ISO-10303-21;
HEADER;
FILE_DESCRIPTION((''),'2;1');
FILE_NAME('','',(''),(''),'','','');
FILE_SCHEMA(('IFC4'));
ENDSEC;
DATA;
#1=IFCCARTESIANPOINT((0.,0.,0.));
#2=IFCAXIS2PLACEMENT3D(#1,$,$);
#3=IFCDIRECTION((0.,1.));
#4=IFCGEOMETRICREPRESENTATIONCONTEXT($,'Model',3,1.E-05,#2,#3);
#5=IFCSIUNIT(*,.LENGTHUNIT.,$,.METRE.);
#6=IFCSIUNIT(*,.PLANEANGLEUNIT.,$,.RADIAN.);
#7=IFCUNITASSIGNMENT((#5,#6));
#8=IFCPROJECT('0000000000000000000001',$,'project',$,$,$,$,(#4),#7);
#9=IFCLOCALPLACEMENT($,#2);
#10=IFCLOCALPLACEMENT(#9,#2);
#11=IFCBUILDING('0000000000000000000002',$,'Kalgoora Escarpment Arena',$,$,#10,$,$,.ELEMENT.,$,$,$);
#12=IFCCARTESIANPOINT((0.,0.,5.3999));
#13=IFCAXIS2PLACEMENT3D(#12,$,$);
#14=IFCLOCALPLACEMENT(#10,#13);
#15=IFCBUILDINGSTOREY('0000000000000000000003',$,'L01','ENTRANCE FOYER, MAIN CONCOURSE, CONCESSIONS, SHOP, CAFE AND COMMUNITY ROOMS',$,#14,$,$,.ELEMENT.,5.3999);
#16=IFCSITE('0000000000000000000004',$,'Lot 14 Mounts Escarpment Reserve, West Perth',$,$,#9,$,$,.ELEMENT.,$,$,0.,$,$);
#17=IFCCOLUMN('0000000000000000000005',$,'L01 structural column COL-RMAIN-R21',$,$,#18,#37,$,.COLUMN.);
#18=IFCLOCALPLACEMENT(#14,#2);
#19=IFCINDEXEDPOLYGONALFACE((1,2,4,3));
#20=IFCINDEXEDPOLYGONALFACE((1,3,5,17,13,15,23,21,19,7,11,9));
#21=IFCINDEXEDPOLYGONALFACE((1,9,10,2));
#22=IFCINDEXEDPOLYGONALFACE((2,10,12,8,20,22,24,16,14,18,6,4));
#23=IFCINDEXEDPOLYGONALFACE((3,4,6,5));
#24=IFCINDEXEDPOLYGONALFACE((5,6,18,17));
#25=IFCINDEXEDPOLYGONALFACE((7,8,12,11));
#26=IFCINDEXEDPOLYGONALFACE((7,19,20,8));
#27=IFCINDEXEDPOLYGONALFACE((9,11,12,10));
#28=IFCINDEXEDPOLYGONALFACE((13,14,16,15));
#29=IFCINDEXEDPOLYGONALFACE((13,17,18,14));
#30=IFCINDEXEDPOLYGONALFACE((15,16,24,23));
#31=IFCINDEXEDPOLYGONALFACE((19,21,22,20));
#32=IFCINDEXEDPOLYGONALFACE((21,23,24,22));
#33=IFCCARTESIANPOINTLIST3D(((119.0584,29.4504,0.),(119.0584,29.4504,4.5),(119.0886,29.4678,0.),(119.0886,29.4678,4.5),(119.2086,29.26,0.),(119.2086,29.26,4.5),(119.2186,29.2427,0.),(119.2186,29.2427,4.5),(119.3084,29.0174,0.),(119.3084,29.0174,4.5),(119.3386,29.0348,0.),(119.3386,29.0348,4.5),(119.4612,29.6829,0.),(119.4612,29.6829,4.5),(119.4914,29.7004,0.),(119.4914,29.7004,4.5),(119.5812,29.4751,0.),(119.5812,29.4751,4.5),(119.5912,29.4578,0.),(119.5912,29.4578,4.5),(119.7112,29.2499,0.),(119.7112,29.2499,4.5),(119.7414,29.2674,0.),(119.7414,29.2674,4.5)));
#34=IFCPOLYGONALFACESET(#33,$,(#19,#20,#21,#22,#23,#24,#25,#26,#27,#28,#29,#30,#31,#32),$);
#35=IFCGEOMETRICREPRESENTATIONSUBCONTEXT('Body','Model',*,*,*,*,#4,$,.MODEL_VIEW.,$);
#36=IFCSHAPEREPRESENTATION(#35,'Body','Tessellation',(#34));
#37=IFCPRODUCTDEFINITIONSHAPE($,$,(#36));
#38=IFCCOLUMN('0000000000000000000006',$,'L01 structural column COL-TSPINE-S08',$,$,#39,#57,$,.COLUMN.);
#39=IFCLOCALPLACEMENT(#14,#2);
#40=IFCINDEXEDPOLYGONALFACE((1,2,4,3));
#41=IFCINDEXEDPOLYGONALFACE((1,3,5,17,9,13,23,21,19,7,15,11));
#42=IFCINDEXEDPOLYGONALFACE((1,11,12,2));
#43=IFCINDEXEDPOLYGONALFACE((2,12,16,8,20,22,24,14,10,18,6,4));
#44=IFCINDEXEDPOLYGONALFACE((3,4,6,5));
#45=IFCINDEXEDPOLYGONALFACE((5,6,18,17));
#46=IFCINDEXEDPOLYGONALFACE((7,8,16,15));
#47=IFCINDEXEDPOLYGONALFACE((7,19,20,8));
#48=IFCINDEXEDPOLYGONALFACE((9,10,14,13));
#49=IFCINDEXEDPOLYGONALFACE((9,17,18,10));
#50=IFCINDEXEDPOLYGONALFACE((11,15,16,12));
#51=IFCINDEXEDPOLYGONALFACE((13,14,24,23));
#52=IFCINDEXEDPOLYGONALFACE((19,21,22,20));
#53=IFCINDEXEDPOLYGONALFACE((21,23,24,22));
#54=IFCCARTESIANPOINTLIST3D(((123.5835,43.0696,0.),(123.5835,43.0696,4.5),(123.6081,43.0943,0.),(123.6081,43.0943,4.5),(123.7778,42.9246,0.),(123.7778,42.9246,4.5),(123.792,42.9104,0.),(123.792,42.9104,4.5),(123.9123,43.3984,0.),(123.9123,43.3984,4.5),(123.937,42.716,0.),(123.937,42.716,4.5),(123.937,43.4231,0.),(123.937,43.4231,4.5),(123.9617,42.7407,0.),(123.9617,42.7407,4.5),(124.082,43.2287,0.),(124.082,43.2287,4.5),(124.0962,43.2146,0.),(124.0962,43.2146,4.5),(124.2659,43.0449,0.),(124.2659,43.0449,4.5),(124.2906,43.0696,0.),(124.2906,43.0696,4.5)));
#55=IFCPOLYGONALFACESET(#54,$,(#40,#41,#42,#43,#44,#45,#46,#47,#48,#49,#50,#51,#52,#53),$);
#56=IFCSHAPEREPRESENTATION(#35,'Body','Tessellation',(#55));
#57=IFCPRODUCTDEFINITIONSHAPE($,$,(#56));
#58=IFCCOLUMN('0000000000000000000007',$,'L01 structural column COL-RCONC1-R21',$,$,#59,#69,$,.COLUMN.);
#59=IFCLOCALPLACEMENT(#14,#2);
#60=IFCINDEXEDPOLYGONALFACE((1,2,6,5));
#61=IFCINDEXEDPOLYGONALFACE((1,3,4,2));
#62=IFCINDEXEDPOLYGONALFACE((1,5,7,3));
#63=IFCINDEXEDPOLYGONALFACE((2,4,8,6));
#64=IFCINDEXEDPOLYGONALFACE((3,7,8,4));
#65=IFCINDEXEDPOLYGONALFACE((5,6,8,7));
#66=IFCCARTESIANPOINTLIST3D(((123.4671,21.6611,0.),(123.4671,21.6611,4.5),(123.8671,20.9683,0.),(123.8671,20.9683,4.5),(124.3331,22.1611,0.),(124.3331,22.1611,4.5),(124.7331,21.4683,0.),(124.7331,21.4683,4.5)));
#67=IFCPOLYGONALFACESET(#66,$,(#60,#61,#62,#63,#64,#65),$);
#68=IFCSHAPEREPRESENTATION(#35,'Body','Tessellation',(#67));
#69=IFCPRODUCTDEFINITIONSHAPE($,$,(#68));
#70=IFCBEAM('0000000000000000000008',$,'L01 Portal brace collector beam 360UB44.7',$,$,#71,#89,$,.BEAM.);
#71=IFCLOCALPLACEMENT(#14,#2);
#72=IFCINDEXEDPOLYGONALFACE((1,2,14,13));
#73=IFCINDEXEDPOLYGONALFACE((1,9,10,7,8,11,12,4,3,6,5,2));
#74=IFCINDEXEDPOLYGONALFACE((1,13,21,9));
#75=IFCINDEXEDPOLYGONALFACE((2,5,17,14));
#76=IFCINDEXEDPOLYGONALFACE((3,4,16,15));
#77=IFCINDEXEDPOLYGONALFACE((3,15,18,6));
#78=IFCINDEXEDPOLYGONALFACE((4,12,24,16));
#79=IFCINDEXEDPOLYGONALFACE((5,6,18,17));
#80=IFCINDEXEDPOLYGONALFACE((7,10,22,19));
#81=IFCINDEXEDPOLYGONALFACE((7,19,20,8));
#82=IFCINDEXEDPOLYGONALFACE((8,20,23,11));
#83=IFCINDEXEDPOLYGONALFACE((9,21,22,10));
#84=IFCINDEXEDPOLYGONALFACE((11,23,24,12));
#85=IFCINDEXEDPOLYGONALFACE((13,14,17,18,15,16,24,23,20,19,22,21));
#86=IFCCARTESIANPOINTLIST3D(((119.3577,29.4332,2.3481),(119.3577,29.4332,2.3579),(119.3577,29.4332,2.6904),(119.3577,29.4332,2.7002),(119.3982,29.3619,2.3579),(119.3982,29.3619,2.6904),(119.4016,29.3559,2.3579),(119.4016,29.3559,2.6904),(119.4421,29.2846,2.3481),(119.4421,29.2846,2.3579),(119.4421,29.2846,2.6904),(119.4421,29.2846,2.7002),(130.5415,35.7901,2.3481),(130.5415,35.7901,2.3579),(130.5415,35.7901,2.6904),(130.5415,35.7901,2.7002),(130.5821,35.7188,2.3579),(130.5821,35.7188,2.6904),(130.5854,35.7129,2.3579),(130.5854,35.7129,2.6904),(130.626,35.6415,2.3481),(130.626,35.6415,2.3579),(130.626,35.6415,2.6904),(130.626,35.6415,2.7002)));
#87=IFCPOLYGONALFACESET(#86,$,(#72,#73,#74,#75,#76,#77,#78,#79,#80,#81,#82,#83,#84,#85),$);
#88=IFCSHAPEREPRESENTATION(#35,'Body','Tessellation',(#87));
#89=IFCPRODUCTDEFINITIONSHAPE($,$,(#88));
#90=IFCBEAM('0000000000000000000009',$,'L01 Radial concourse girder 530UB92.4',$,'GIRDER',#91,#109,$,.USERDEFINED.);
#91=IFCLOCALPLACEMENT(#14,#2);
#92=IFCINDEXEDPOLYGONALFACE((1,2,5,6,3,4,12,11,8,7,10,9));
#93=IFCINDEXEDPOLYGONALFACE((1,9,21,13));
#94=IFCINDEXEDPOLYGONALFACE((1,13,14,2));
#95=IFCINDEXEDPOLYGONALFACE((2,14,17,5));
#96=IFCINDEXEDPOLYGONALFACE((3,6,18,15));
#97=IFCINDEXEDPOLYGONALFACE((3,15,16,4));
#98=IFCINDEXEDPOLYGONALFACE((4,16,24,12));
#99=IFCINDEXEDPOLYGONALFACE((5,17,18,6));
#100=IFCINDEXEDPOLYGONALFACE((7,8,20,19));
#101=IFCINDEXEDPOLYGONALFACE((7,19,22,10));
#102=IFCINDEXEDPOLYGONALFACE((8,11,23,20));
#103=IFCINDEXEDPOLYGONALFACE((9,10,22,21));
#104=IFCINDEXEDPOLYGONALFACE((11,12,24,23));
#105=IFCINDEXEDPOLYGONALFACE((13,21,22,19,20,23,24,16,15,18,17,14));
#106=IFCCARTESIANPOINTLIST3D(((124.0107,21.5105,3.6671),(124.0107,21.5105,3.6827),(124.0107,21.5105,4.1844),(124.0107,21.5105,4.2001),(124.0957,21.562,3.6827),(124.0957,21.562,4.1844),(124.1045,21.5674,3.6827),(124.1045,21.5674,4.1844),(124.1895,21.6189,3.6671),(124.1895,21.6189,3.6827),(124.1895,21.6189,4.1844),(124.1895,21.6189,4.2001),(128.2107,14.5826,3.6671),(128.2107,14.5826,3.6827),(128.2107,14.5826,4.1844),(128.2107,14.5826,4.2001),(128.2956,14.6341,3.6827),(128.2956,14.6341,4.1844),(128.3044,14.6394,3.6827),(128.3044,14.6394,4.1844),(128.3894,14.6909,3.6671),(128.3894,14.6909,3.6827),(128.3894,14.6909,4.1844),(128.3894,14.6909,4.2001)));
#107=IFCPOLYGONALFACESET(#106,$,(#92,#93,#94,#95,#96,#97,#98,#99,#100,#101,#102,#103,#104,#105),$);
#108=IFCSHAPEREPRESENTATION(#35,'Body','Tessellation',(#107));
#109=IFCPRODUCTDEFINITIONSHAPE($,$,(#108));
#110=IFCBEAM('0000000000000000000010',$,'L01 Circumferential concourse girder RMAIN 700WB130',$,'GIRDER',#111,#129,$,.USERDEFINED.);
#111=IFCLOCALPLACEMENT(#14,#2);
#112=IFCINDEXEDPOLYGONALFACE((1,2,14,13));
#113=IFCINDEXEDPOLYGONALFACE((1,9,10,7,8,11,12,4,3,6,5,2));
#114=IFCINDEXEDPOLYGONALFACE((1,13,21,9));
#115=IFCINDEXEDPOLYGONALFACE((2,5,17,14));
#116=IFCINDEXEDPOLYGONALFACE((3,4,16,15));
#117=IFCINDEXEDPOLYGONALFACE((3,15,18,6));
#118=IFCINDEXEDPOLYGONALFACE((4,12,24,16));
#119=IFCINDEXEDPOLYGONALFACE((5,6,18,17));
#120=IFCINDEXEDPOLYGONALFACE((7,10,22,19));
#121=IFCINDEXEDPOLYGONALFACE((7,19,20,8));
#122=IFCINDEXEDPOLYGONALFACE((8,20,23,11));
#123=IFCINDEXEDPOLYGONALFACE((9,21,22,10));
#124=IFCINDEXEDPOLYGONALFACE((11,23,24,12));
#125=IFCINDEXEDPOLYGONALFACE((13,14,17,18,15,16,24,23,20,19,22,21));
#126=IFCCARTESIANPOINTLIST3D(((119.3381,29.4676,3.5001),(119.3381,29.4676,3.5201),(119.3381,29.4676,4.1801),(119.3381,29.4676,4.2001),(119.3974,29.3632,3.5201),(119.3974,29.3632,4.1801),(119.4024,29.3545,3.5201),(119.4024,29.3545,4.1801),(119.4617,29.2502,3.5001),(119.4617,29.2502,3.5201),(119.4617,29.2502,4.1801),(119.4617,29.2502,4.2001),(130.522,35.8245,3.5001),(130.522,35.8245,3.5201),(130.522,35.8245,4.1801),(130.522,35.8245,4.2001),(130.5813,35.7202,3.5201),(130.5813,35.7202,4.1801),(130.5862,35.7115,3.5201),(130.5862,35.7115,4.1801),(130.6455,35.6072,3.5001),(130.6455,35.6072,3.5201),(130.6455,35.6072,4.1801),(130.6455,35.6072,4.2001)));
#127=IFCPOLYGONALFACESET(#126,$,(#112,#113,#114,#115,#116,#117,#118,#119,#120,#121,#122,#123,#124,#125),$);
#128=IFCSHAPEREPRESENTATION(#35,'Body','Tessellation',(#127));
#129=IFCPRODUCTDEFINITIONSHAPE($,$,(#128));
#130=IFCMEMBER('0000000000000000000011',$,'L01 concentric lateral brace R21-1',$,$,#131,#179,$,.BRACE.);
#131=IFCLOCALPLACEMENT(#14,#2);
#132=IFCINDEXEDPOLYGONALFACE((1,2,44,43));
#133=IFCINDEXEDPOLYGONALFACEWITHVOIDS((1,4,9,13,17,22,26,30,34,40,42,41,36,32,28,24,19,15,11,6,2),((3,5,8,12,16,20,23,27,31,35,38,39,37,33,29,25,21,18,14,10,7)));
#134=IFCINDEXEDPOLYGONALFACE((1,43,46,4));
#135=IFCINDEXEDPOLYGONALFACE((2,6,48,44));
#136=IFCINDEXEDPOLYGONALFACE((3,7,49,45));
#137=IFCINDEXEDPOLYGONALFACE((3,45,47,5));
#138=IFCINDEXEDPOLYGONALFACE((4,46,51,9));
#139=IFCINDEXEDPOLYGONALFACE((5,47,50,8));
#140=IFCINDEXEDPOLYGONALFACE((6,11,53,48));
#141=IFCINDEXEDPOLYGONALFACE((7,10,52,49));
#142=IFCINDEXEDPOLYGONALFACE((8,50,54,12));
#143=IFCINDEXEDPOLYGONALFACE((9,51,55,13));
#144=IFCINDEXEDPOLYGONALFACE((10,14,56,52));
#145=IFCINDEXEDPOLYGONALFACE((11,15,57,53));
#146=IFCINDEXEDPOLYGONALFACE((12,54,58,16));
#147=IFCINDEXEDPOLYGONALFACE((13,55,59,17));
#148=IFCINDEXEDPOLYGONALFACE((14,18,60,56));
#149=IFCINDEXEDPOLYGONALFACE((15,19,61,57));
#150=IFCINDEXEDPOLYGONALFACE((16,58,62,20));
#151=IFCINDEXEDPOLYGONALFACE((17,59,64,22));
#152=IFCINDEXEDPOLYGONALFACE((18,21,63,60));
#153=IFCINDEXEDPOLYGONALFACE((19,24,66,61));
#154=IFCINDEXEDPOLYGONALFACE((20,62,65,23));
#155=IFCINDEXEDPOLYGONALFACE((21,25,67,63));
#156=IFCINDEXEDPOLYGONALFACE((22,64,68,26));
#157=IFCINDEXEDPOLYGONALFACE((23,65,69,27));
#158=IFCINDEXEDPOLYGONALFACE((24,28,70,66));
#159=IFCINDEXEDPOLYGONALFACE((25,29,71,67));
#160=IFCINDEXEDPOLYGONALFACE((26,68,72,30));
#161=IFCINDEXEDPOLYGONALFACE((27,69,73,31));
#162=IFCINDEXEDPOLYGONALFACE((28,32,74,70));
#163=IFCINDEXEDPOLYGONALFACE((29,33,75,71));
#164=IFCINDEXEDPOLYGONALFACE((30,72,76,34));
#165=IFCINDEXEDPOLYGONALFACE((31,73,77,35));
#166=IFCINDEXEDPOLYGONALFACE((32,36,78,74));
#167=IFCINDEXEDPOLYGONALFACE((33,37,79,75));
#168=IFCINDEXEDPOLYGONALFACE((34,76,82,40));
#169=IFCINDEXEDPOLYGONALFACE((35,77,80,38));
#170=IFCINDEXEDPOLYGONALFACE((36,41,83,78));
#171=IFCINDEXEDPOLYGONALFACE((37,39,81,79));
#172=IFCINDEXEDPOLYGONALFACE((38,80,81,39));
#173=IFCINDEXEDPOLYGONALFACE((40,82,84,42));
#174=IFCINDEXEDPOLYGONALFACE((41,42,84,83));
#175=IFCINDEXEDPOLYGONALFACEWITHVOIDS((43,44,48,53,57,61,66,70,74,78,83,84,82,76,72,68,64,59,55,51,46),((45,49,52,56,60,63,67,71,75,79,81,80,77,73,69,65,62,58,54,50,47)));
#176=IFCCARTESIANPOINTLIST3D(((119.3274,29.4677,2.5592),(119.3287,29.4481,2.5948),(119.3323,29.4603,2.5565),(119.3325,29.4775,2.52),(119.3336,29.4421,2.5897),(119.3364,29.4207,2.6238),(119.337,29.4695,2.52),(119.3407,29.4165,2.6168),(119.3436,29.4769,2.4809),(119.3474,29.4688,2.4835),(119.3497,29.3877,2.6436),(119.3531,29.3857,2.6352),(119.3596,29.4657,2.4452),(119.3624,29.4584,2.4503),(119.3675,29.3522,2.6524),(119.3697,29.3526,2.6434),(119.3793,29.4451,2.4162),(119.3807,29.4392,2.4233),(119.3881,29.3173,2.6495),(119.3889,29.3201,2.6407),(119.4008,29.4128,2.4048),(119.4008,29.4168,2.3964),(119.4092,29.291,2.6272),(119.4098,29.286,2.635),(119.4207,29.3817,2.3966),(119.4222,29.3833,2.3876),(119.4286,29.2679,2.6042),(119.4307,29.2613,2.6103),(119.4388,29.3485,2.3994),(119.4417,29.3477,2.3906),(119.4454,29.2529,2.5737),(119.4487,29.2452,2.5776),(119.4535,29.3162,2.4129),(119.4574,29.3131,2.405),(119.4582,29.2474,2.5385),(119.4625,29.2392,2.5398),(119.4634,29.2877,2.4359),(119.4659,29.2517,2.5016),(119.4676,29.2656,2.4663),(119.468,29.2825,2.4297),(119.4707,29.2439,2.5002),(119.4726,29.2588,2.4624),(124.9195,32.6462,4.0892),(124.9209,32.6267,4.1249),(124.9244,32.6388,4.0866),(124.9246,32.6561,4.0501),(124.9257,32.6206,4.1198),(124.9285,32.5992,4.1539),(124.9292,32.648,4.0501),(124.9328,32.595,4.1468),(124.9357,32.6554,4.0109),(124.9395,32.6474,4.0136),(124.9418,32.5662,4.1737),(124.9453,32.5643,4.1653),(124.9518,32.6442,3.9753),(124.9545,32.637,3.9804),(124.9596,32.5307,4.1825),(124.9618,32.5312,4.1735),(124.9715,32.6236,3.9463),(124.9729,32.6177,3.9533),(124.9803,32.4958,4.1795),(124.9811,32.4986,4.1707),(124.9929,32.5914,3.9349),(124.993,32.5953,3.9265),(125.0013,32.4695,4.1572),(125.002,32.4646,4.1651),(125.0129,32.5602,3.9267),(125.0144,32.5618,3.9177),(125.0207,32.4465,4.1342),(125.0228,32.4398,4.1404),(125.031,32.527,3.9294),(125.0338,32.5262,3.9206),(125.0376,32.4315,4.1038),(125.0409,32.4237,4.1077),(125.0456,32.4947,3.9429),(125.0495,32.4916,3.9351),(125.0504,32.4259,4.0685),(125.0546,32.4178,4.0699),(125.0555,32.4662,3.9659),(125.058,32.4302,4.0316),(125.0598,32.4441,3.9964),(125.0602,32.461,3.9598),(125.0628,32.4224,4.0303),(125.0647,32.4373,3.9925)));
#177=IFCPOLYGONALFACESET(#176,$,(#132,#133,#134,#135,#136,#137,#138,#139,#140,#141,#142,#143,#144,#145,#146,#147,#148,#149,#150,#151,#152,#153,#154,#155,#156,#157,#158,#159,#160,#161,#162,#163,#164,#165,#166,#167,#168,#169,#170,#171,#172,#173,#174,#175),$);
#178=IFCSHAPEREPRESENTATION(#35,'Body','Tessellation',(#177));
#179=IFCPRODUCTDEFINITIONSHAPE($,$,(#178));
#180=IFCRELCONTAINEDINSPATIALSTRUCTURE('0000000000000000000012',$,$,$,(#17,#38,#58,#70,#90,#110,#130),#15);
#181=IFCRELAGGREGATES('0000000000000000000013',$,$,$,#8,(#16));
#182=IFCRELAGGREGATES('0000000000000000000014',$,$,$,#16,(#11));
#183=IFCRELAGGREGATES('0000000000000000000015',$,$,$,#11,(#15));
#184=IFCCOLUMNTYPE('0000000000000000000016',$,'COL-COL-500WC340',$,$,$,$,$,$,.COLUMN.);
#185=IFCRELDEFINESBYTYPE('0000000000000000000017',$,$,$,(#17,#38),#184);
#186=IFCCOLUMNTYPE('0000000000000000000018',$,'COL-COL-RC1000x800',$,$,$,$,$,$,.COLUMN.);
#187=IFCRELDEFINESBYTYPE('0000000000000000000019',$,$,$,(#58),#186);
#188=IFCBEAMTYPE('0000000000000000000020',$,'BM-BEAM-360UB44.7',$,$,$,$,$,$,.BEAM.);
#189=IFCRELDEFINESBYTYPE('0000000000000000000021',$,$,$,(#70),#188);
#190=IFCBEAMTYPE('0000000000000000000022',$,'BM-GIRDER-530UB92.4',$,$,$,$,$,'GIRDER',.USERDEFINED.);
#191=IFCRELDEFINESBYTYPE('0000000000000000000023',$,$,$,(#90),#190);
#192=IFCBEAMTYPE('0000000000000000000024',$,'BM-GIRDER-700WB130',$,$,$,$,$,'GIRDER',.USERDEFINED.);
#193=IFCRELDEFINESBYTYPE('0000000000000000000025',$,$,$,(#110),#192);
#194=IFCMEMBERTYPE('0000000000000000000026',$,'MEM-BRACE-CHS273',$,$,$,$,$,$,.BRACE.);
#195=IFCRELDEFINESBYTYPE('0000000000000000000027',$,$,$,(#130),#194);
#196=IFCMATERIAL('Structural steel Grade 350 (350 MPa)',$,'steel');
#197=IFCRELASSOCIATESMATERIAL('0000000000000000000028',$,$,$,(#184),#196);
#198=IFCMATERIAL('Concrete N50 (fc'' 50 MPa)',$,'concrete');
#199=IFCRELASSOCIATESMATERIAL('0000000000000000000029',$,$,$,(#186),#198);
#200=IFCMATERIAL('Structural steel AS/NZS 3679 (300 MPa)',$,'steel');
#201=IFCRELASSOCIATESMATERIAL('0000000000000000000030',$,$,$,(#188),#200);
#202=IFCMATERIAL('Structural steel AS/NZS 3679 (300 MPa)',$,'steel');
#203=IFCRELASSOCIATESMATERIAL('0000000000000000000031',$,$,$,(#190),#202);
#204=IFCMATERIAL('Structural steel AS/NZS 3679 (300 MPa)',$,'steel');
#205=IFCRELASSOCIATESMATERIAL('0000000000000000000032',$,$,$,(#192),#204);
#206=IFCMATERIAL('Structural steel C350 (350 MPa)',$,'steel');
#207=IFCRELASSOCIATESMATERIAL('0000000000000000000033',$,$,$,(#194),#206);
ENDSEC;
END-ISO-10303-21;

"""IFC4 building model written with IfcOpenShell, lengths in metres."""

from ifc_helpers import new_model, si_unit, direction, frame, origin, origin_2d, place, context, subcontext, project, spatial, rectangle, hollow_circle, i_section, extrude, material, material_profile, profile_set, type_object, element, save


model = new_model("IFC4")

# Units and contexts
model_context = context("Model", 3, precision=1e-05, world=origin(), true_north=direction((0.0, 1.0)))
body_context = subcontext(model_context, "Body", "Model", "MODEL_VIEW")
ifc_project = project(units=[si_unit("LENGTHUNIT", "METRE"), si_unit("PLANEANGLEUNIT", "RADIAN")], contexts=[model_context])

# Site, building, storey
site_placement = place(None, origin())
site = spatial("IfcSite", under=ifc_project, at=site_placement, Name="Lot 14 Mounts Escarpment Reserve, West Perth", CompositionType="ELEMENT", RefElevation=0.0)
building_placement = place(site_placement, origin())
building = spatial("IfcBuilding", under=site, at=building_placement, Name="Kalgoora Escarpment Arena", CompositionType="ELEMENT")
storey_placement = place(building_placement, frame((0.0, 0.0, 5.3999)))
storey = spatial("IfcBuildingStorey", under=building, at=storey_placement, Name="L01", Description="ENTRANCE FOYER, MAIN CONCOURSE, CONCESSIONS, SHOP, CAFE AND COMMUNITY ROOMS", CompositionType="ELEMENT", Elevation=5.3999)

# Columns
ifc_material_1 = material(Name="Structural steel Grade 350 (350 MPa)", Category="steel")
ifc_material_profile_1 = material_profile(ifc_material_1, i_section(OverallWidth=0.5, OverallDepth=0.5, WebThickness=0.02, FlangeThickness=0.0349, at=origin_2d()))
ifc_profile_set_1 = profile_set([ifc_material_profile_1], Name="Structural steel Grade 350 (350 MPa)")
column_type_1 = type_object("IfcColumnType", Name="COL-COL-500WC340", PredefinedType="COLUMN", material=ifc_profile_set_1)
for number, where, z_axis, x_axis, name in (
    (1, (119.3999, 29.3589, 0.0), (0.0, 0.0, 1.0), (0.5, -0.866025, 0.0), "L01 structural column COL-RMAIN-R21"),
    (2, (123.937, 43.0696, 0.0), (0.0, 0.0, 1.0), (0.707107, -0.707107, 0.0), "L01 structural column COL-TSPINE-S08"),
):
    element("IfcColumn", number, at=place(storey_placement, frame(where, z_axis=z_axis, x_axis=x_axis)), inside=storey, type_object=column_type_1, Name=name, PredefinedType="COLUMN", context=body_context, shape_type="SweptSolid", body=[
        extrude(i_section(OverallWidth=0.5, OverallDepth=0.5, WebThickness=0.02, FlangeThickness=0.0349, at=origin_2d()), origin(), (0.0, 0.0, 1.0), 4.5),
    ])
ifc_material_2 = material(Name="Concrete N50 (fc' 50 MPa)", Category="concrete")
ifc_material_profile_2 = material_profile(ifc_material_2, rectangle(XDim=0.8, YDim=1.0, at=origin_2d()))
ifc_profile_set_2 = profile_set([ifc_material_profile_2], Name="Concrete N50 (fc' 50 MPa)")
column_type_2 = type_object("IfcColumnType", Name="COL-COL-RC1000x800", PredefinedType="COLUMN", material=ifc_profile_set_2)
column_placement = place(storey_placement, frame((124.1001, 21.5647, 0.0), z_axis=(0.0, 0.0, 1.0), x_axis=(0.5, -0.866025, 0.0)))
element("IfcColumn", 3, at=column_placement, inside=storey, type_object=column_type_2, Name="L01 structural column COL-RCONC1-R21", PredefinedType="COLUMN", context=body_context, shape_type="SweptSolid", body=[
    extrude(rectangle(XDim=0.8, YDim=1.0, at=origin_2d()), origin(), (0.0, 0.0, 1.0), 4.5),
])

# Beams
ifc_material_3 = material(Name="Structural steel AS/NZS 3679 (300 MPa)", Category="steel")
ifc_material_profile_3 = material_profile(ifc_material_3, i_section(OverallWidth=0.1709, OverallDepth=0.3521, WebThickness=0.0068, FlangeThickness=0.0098, at=origin_2d()))
ifc_profile_set_3 = profile_set([ifc_material_profile_3], Name="Structural steel AS/NZS 3679 (300 MPa)")
beam_type_1 = type_object("IfcBeamType", Name="BM-BEAM-360UB44.7", PredefinedType="BEAM", material=ifc_profile_set_3)
beam_1_placement = place(storey_placement, frame((119.3999, 29.3589, 2.5242), z_axis=(0.869374, 0.494155, 0.0), x_axis=(-0.494155, 0.869374, 0.0)))
element("IfcBeam", 4, at=beam_1_placement, inside=storey, type_object=beam_type_1, Name="L01 Portal brace collector beam 360UB44.7", PredefinedType="BEAM", context=body_context, shape_type="SweptSolid", body=[
    extrude(i_section(OverallWidth=0.1709, OverallDepth=0.3521, WebThickness=0.0068, FlangeThickness=0.0098, at=origin_2d()), origin(), (0.0, 0.0, 1.0), 12.8643),
])
ifc_material_4 = material(Name="Structural steel AS/NZS 3679 (300 MPa)", Category="steel")
ifc_material_profile_4 = material_profile(ifc_material_4, i_section(OverallWidth=0.209, OverallDepth=0.533, WebThickness=0.0103, FlangeThickness=0.0156, at=origin_2d()))
ifc_profile_set_4 = profile_set([ifc_material_profile_4], Name="Structural steel AS/NZS 3679 (300 MPa)")
beam_type_2 = type_object("IfcBeamType", Name="BM-GIRDER-530UB92.4", ElementType="GIRDER", PredefinedType="USERDEFINED", material=ifc_profile_set_4)
beam_2_placement = place(storey_placement, frame((124.1001, 21.5647, 3.9336), z_axis=(0.518408, -0.855133, 0.0), x_axis=(0.855133, 0.518408, 0.0)))
element("IfcBeam", 5, at=beam_2_placement, inside=storey, type_object=beam_type_2, Name="L01 Radial concourse girder 530UB92.4", ObjectType="GIRDER", PredefinedType="USERDEFINED", context=body_context, shape_type="SweptSolid", body=[
    extrude(i_section(OverallWidth=0.209, OverallDepth=0.533, WebThickness=0.0103, FlangeThickness=0.0156, at=origin_2d()), origin(), (0.0, 0.0, 1.0), 8.1016),
])
ifc_material_5 = material(Name="Structural steel AS/NZS 3679 (300 MPa)", Category="steel")
ifc_material_profile_5 = material_profile(ifc_material_5, i_section(OverallWidth=0.25, OverallDepth=0.7, WebThickness=0.01, FlangeThickness=0.02, at=origin_2d()))
ifc_profile_set_5 = profile_set([ifc_material_profile_5], Name="Structural steel AS/NZS 3679 (300 MPa)")
beam_type_3 = type_object("IfcBeamType", Name="BM-GIRDER-700WB130", ElementType="GIRDER", PredefinedType="USERDEFINED", material=ifc_profile_set_5)
beam_3_placement = place(storey_placement, frame((119.3999, 29.3589, 3.8501), z_axis=(0.869374, 0.494155, 0.0), x_axis=(-0.494155, 0.869374, 0.0)))
element("IfcBeam", 6, at=beam_3_placement, inside=storey, type_object=beam_type_3, Name="L01 Circumferential concourse girder RMAIN 700WB130", ObjectType="GIRDER", PredefinedType="USERDEFINED", context=body_context, shape_type="SweptSolid", body=[
    extrude(i_section(OverallWidth=0.25, OverallDepth=0.7, WebThickness=0.01, FlangeThickness=0.02, at=origin_2d()), origin(), (0.0, 0.0, 1.0), 12.8643),
])

# Member
ifc_material_6 = material(Name="Structural steel C350 (350 MPa)", Category="steel")
ifc_material_profile_6 = material_profile(ifc_material_6, hollow_circle(Radius=0.1365, WallThickness=0.0093, at=origin_2d()))
ifc_profile_set_6 = profile_set([ifc_material_profile_6], Name="Structural steel C350 (350 MPa)")
member_type_1 = type_object("IfcMemberType", Name="MEM-BRACE-CHS273", PredefinedType="BRACE", material=ifc_profile_set_6)
member_placement = place(storey_placement, frame((119.3999, 29.3589, 2.52), z_axis=(0.84578, 0.480734, 0.231412), x_axis=(-0.494147, 0.869378, 0.0)))
element("IfcMember", 7, at=member_placement, inside=storey, type_object=member_type_1, Name="L01 concentric lateral brace R21-1", PredefinedType="BRACE", context=body_context, shape_type="SweptSolid", body=[
    extrude(hollow_circle(Radius=0.1365, WallThickness=0.0093, at=origin_2d()), origin(), (0.0, 0.0, 1.0), 6.6118),
])

save(model, "model.ifc")
